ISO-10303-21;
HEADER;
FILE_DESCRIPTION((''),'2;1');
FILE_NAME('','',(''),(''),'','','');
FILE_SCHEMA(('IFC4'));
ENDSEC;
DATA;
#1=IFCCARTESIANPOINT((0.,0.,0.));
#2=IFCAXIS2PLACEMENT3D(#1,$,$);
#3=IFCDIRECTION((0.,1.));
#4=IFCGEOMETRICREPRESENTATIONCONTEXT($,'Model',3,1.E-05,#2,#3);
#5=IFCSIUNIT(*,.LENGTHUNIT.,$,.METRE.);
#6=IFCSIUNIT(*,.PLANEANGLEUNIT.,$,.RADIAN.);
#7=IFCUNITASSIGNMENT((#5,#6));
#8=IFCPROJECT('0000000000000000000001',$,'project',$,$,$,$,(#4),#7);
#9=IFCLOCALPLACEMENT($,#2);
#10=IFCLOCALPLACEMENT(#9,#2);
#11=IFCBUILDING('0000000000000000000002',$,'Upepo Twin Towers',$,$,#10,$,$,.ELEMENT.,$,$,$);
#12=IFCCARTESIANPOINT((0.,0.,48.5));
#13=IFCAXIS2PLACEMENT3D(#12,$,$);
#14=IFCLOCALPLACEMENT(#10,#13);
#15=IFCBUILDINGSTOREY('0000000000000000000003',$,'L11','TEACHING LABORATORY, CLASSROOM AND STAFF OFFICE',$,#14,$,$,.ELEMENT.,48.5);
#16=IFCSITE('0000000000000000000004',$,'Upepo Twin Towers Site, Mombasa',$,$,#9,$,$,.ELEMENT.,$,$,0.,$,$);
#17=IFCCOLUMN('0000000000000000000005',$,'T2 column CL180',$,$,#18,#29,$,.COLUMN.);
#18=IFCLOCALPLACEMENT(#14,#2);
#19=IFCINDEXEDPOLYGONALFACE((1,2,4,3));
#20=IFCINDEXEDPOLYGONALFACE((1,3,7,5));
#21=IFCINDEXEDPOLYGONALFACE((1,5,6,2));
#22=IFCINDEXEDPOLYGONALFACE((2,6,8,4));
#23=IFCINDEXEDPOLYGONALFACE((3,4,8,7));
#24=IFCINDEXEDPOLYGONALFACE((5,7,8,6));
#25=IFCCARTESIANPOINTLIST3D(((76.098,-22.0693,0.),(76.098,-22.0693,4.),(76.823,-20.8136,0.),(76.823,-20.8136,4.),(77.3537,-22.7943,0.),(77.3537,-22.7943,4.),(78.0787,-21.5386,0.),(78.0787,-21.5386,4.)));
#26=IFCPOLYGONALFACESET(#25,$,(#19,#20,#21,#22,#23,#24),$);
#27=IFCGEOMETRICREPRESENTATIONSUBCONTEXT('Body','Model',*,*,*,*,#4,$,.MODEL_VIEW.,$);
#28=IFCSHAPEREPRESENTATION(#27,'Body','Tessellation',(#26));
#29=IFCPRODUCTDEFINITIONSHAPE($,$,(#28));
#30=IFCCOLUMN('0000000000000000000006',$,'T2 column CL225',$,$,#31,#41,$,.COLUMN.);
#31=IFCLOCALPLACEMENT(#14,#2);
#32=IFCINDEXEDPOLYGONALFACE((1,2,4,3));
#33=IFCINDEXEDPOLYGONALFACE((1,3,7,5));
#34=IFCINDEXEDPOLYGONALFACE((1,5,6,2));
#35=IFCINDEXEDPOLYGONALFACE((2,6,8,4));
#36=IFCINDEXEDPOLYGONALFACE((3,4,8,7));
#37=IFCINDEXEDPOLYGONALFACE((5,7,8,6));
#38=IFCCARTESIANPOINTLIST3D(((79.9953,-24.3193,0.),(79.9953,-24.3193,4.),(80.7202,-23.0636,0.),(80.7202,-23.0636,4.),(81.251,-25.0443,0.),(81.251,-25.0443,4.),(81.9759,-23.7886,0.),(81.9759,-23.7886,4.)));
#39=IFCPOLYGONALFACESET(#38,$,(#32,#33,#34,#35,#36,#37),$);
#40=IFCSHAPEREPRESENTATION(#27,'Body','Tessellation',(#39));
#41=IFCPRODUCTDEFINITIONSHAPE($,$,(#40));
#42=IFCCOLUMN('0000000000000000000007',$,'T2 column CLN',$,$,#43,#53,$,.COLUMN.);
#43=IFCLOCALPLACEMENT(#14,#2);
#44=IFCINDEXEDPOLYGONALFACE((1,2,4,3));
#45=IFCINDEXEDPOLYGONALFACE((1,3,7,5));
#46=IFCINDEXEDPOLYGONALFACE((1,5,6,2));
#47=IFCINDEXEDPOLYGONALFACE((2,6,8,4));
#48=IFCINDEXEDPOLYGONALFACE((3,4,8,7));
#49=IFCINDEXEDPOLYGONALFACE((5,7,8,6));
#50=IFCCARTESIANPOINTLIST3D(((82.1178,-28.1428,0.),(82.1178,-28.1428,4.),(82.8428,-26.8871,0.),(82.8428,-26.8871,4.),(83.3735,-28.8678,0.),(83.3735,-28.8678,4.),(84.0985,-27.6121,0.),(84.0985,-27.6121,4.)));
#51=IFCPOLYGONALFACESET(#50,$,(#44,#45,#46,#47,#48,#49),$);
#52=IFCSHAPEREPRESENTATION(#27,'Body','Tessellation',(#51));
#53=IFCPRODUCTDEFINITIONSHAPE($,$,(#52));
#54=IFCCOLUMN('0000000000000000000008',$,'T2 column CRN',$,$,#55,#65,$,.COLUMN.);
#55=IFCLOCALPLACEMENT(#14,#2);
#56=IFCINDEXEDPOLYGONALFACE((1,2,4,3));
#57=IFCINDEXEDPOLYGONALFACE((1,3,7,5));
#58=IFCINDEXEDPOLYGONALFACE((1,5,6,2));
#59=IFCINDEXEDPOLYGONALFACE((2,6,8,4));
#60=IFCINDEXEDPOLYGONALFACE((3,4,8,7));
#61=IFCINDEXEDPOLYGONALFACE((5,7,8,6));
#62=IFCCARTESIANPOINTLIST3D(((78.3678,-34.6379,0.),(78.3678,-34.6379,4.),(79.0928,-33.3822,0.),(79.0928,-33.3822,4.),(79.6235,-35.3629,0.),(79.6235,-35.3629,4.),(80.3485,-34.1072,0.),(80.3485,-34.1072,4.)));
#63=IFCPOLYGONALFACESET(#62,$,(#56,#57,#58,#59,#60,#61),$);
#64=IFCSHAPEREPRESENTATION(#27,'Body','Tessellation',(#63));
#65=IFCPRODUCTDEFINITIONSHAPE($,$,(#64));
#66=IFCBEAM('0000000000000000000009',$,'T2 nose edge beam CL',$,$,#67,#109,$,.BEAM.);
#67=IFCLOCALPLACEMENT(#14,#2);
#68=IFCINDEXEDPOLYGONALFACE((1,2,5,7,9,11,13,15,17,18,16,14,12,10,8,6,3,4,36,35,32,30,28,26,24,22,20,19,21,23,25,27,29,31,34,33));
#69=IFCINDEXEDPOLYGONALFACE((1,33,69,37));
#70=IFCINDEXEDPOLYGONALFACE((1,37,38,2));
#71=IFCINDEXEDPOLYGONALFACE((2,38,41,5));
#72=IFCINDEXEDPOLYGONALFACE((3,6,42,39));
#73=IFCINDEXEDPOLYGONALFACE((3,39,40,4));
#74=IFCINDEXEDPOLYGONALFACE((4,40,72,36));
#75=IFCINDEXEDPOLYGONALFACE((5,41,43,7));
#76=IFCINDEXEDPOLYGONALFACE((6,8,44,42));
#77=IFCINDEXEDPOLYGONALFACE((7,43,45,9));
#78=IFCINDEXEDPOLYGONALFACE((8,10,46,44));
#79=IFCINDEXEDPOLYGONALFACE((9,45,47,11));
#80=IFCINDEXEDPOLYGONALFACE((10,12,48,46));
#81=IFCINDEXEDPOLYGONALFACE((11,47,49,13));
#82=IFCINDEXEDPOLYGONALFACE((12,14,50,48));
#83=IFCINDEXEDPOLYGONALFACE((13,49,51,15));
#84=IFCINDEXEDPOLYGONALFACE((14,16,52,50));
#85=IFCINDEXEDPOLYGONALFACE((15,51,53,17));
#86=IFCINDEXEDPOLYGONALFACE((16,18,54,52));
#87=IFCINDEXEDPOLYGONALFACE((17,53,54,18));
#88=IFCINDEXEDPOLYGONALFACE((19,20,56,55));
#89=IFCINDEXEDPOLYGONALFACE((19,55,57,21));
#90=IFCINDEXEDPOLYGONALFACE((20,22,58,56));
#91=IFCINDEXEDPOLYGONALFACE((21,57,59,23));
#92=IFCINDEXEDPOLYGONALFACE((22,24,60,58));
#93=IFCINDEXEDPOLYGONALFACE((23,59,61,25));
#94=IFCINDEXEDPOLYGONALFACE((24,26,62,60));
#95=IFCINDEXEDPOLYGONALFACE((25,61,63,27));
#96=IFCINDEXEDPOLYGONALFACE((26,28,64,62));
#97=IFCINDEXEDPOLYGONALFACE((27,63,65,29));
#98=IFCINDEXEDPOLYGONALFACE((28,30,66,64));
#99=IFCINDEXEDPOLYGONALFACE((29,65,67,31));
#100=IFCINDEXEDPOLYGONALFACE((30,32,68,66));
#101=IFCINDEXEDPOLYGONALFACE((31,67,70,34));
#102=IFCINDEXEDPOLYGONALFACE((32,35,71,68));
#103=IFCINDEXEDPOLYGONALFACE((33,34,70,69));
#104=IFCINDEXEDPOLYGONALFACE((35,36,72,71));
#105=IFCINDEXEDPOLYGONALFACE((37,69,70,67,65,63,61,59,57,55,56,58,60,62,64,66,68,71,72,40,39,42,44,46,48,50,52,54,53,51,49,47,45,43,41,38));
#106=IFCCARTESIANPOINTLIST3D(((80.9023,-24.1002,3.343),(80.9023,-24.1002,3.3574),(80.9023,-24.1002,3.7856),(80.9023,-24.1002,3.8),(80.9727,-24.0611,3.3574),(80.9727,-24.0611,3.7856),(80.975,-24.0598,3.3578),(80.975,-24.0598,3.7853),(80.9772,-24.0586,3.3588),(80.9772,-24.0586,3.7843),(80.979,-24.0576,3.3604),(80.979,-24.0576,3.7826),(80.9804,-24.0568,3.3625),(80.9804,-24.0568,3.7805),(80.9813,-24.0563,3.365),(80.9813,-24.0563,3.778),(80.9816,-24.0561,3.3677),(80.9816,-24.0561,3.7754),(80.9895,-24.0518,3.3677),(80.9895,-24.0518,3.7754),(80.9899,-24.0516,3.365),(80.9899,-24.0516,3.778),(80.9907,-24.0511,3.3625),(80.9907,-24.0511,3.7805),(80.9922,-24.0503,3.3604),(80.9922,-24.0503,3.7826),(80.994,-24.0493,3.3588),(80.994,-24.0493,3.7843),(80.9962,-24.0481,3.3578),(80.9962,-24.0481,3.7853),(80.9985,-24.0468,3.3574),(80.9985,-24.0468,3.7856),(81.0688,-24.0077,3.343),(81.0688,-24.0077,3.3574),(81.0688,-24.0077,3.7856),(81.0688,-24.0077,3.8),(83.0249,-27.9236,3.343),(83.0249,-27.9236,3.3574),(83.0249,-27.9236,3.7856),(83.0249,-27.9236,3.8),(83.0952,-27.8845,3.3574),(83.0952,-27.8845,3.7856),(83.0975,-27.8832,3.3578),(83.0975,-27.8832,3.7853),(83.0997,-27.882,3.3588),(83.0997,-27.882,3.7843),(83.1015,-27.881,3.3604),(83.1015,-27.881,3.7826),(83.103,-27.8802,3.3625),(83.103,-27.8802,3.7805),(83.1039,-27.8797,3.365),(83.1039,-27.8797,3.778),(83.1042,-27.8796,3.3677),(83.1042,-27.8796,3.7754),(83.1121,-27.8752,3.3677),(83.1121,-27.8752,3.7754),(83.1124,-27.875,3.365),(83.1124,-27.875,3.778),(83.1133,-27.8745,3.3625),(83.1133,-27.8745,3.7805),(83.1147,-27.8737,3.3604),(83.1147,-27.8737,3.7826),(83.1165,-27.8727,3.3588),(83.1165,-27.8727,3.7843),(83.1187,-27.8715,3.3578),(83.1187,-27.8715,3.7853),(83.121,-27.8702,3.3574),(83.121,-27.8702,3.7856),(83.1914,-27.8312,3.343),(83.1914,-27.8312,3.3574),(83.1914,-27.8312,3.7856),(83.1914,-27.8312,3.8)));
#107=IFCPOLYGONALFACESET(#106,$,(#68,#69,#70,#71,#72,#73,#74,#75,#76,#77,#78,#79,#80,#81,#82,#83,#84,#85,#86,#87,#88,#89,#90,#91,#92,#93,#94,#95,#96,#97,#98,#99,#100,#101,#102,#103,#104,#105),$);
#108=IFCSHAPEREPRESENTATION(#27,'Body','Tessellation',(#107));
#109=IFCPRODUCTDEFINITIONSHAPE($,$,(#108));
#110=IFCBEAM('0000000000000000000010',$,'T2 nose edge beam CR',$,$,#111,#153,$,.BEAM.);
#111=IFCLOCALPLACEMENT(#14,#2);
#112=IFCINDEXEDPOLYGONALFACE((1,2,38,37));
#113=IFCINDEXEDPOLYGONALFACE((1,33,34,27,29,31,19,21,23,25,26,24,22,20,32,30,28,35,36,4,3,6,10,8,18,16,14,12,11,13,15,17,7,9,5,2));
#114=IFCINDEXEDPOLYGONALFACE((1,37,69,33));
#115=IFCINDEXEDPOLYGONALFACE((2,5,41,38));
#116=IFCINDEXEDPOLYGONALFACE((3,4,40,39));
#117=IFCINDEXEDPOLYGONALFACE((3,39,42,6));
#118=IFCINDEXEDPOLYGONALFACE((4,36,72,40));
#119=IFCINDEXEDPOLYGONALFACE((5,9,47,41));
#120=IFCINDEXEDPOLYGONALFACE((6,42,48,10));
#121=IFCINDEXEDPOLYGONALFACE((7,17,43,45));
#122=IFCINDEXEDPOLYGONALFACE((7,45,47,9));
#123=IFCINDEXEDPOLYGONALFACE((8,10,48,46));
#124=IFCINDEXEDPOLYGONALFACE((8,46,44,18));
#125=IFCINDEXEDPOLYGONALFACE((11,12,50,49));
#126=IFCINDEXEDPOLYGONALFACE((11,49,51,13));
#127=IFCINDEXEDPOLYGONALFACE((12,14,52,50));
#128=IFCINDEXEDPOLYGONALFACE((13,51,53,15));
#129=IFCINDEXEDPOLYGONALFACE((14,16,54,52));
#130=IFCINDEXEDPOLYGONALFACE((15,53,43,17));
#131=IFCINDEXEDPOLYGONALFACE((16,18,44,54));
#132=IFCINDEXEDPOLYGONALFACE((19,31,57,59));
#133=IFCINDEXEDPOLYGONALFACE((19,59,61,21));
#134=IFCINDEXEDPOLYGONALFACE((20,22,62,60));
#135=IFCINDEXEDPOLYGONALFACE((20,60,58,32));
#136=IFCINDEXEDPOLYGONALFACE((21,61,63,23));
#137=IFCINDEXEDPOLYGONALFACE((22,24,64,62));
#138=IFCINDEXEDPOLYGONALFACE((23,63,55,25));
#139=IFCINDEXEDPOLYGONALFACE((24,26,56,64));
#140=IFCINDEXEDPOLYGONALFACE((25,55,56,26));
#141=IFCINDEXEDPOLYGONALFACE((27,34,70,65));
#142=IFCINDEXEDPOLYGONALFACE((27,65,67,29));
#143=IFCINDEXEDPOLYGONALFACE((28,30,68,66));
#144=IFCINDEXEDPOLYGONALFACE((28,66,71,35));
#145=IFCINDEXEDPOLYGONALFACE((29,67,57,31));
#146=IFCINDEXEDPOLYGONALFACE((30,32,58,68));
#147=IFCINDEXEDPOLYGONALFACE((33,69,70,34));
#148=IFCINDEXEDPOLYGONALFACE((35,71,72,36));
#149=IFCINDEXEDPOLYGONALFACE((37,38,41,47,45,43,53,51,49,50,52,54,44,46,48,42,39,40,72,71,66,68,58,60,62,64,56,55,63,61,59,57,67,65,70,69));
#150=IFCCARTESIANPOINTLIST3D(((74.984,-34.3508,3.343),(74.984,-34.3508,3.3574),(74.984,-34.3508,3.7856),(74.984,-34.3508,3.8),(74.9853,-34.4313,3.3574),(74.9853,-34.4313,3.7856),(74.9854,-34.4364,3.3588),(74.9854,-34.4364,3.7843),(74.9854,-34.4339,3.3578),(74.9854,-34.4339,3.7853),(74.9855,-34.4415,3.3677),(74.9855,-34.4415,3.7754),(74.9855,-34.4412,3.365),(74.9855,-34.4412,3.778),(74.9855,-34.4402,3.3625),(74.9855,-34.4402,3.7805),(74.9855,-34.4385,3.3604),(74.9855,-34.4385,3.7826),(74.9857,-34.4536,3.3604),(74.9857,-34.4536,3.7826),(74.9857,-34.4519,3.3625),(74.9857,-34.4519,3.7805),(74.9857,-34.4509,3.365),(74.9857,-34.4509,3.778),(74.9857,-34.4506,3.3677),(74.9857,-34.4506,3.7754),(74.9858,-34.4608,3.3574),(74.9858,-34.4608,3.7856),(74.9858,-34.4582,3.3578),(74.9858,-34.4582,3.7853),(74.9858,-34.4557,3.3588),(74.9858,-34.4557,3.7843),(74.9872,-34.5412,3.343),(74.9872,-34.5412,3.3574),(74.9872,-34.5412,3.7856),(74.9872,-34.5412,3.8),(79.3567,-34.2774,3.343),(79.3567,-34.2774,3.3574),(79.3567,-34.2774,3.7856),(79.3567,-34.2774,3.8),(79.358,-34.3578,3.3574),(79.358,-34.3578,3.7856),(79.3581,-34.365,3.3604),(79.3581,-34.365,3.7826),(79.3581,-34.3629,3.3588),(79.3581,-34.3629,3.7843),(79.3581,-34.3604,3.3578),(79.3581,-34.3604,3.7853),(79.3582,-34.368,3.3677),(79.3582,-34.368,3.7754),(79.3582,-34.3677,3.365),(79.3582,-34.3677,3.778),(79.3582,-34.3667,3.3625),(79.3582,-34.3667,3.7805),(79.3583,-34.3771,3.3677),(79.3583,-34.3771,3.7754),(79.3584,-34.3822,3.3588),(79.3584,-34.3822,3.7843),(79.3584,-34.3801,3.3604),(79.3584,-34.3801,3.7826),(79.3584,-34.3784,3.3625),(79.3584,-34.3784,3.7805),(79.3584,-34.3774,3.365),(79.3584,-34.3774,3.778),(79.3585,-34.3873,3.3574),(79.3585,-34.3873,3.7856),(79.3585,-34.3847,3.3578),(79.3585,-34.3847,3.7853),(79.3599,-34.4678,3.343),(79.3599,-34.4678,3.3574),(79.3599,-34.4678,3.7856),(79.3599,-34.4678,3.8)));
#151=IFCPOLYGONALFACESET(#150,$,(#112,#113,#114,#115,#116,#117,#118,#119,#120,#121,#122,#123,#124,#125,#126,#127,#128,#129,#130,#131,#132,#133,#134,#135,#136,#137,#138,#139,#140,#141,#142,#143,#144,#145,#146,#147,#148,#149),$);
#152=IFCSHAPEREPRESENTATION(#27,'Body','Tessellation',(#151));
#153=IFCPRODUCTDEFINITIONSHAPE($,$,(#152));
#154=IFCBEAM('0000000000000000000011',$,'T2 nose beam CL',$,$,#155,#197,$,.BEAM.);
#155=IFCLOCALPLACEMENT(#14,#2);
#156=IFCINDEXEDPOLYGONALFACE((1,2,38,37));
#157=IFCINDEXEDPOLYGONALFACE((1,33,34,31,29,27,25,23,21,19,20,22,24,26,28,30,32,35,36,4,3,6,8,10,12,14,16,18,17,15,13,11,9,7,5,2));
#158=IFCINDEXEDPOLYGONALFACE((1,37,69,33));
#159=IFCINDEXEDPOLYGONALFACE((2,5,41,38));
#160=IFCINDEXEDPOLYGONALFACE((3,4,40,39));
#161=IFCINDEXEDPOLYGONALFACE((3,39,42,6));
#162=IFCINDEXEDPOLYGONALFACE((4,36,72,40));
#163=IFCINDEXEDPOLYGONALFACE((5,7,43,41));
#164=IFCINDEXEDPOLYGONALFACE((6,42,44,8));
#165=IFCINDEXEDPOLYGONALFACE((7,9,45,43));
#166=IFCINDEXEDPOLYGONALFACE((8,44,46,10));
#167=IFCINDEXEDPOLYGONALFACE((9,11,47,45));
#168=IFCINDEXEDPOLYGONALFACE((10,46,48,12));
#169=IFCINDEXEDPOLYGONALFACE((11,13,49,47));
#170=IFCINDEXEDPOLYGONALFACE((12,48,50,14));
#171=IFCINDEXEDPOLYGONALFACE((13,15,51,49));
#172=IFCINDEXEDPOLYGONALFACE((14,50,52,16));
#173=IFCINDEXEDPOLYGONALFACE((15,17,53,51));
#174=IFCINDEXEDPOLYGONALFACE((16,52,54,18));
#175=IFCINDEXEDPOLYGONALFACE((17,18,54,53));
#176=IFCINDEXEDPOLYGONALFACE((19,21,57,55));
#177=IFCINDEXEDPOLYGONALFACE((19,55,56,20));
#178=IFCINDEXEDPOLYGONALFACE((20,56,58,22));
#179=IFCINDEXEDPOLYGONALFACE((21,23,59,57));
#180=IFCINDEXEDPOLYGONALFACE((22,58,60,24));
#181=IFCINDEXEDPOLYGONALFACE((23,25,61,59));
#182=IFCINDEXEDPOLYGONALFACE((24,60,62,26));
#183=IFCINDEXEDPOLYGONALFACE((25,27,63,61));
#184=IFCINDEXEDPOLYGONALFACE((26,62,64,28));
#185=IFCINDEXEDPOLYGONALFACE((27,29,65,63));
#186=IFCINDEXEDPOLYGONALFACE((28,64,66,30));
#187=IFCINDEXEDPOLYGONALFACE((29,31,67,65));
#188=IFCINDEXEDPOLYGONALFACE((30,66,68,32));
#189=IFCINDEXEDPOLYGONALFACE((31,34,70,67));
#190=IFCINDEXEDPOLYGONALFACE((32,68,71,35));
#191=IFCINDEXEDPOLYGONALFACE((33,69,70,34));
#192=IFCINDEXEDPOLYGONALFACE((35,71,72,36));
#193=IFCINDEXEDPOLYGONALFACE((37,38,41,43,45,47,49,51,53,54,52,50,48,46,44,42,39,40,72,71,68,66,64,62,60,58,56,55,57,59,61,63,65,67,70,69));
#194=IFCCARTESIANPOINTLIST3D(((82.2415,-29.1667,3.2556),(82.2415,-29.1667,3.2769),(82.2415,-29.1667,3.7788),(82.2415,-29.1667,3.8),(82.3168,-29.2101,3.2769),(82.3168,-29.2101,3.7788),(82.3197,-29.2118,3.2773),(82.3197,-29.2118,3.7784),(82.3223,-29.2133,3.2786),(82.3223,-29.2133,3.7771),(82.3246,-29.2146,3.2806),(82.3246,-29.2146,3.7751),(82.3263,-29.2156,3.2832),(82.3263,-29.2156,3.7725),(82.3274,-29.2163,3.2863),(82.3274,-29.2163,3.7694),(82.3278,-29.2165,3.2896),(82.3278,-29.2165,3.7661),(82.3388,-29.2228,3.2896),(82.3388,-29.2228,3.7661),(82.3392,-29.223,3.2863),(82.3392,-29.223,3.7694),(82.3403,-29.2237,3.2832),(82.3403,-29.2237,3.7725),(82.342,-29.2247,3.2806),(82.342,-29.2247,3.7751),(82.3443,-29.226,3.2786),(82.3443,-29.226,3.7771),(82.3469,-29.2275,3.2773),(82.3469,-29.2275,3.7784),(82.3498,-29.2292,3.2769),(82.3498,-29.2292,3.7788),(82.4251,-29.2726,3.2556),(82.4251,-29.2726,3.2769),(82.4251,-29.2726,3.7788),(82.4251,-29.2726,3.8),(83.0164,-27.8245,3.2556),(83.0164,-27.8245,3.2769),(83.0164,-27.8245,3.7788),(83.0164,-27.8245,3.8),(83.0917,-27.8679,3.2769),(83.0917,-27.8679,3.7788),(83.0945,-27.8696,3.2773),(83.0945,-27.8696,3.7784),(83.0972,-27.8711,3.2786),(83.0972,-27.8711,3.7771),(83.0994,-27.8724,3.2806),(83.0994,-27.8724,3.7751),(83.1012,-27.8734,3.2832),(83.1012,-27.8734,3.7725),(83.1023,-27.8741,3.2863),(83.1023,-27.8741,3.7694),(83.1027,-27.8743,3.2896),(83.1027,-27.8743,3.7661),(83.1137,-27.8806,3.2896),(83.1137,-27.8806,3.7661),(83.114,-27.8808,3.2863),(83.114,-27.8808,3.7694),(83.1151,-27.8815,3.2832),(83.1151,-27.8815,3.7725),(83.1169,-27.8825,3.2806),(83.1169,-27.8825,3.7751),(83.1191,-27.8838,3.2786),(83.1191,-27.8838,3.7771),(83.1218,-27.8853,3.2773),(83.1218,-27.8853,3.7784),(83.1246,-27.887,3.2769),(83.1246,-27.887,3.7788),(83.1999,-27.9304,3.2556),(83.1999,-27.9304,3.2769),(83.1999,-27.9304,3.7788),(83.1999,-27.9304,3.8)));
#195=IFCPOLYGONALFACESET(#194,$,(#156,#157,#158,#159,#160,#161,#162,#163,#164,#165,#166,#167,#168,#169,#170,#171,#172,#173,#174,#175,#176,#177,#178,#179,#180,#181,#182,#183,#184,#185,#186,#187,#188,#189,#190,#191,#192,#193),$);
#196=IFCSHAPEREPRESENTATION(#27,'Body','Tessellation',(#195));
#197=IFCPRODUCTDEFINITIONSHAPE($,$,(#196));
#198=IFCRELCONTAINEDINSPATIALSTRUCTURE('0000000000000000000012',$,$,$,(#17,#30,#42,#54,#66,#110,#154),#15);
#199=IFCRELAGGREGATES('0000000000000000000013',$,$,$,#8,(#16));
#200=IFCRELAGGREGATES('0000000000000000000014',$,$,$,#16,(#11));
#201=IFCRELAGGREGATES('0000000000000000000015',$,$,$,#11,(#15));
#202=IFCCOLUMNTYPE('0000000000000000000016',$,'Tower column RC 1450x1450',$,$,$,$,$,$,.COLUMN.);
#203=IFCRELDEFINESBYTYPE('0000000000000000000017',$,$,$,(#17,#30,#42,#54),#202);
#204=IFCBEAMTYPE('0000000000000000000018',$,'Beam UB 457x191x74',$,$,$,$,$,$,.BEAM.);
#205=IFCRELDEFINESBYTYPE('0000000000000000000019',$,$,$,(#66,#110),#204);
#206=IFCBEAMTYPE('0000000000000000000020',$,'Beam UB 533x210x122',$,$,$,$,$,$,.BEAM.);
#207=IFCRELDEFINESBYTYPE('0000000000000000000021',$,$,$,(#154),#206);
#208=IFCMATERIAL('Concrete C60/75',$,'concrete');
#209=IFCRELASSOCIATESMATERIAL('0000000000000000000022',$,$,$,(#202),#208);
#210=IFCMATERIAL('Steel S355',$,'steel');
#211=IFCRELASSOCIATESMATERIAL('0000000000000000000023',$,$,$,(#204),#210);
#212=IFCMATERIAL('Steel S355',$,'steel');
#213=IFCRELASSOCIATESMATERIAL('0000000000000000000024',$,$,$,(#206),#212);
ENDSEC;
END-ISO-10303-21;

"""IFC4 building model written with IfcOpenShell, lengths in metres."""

from ifc_helpers import new_model, si_unit, direction, frame, origin, origin_2d, place, context, subcontext, project, spatial, rectangle, i_section, extrude, material, material_profile, profile_set, type_object, element, save


model = new_model("IFC4")

# Units and contexts
model_context = context("Model", 3, precision=1e-05, world=origin(), true_north=direction((0.0, 1.0)))
body_context = subcontext(model_context, "Body", "Model", "MODEL_VIEW")
ifc_project = project(units=[si_unit("LENGTHUNIT", "METRE"), si_unit("PLANEANGLEUNIT", "RADIAN")], contexts=[model_context])

# Site, building, storey
site_placement = place(None, origin())
site = spatial("IfcSite", under=ifc_project, at=site_placement, Name="Upepo Twin Towers Site, Mombasa", CompositionType="ELEMENT", RefElevation=0.0)
building_placement = place(site_placement, origin())
building = spatial("IfcBuilding", under=site, at=building_placement, Name="Upepo Twin Towers", CompositionType="ELEMENT")
storey_placement = place(building_placement, frame((0.0, 0.0, 48.5)))
storey = spatial("IfcBuildingStorey", under=building, at=storey_placement, Name="L11", Description="TEACHING LABORATORY, CLASSROOM AND STAFF OFFICE", CompositionType="ELEMENT", Elevation=48.5)

# Columns
ifc_material_1 = material(Name="Concrete C60/75", Category="concrete")
ifc_material_profile_1 = material_profile(ifc_material_1, rectangle(XDim=1.45, YDim=1.45, at=origin_2d()), Name="RC 1450x1450")
ifc_profile_set_1 = profile_set([ifc_material_profile_1], Name="Concrete C60/75")
column_type = type_object("IfcColumnType", Name="Tower column RC 1450x1450", PredefinedType="COLUMN", material=ifc_profile_set_1)
for number, where, z_axis, x_axis, name in (
    (1, (77.0884, -21.804, 0.0), (0.0, 0.0, 1.0), (0.5, 0.866025, 0.0), "T2 column CL180"),
    (2, (80.9856, -24.054, 0.0), (0.0, 0.0, 1.0), (0.5, 0.866025, 0.0), "T2 column CL225"),
    (3, (83.1082, -27.8774, 0.0), (0.0, 0.0, 1.0), (0.5, 0.866025, 0.0), "T2 column CLN"),
    (4, (79.3582, -34.3726, 0.0), (0.0, 0.0, 1.0), (0.5, 0.866025, 0.0), "T2 column CRN"),
):
    element("IfcColumn", number, at=place(storey_placement, frame(where, z_axis=z_axis, x_axis=x_axis)), inside=storey, type_object=column_type, Name=name, PredefinedType="COLUMN", context=body_context, shape_type="SweptSolid", body=[
        extrude(rectangle(XDim=1.45, YDim=1.45, at=origin_2d()), origin(), (0.0, 0.0, 1.0), 4.0),
    ])

# Beams
ifc_material_2 = material(Name="Steel S355", Category="steel")
ifc_material_profile_2 = material_profile(ifc_material_2, i_section(OverallWidth=0.1904, OverallDepth=0.457, WebThickness=0.009, FlangeThickness=0.0144, FilletRadius=0.0103, at=origin_2d()), Name="UB 457x191x74")
ifc_profile_set_2 = profile_set([ifc_material_profile_2], Name="Steel S355")
beam_type_1 = type_object("IfcBeamType", Name="Beam UB 457x191x74", PredefinedType="BEAM", material=ifc_profile_set_2)
beam_1_placement = place(storey_placement, frame((80.9856, -24.054, 3.5715), z_axis=(0.485363, -0.874313, 0.0), x_axis=(0.874313, 0.485363, 0.0)))
element("IfcBeam", 5, at=beam_1_placement, inside=storey, type_object=beam_type_1, Name="T2 nose edge beam CL", PredefinedType="BEAM", context=body_context, shape_type="SweptSolid", body=[
    extrude(i_section(OverallWidth=0.1904, OverallDepth=0.457, WebThickness=0.009, FlangeThickness=0.0144, FilletRadius=0.0103, at=origin_2d()), origin(), (0.0, 0.0, 1.0), 4.373),
])
beam_2_placement = place(storey_placement, frame((74.9856, -34.446, 3.5715), z_axis=(0.999859, 0.016804, 0.0), x_axis=(-0.016804, 0.999859, 0.0)))
element("IfcBeam", 6, at=beam_2_placement, inside=storey, type_object=beam_type_1, Name="T2 nose edge beam CR", PredefinedType="BEAM", context=body_context, shape_type="SweptSolid", body=[
    extrude(i_section(OverallWidth=0.1904, OverallDepth=0.457, WebThickness=0.009, FlangeThickness=0.0144, FilletRadius=0.0103, at=origin_2d()), origin(), (0.0, 0.0, 1.0), 4.3733),
])
ifc_material_3 = material(Name="Steel S355", Category="steel")
ifc_material_profile_3 = material_profile(ifc_material_3, i_section(OverallWidth=0.2119, OverallDepth=0.5444, WebThickness=0.0127, FlangeThickness=0.0212, FilletRadius=0.0127, at=origin_2d()), Name="UB 533x210x122")
ifc_profile_set_3 = profile_set([ifc_material_profile_3], Name="Steel S355")
beam_type_2 = type_object("IfcBeamType", Name="Beam UB 533x210x122", PredefinedType="BEAM", material=ifc_profile_set_3)
for number, where, z_axis, x_axis, name in (
    (7, (83.1082, -27.8774, 3.5278), (-0.499968, -0.866044, 0.0), (0.866044, -0.499968, 0.0), "T2 nose beam CL"),
):
    element("IfcBeam", number, at=place(storey_placement, frame(where, z_axis=z_axis, x_axis=x_axis)), inside=storey, type_object=beam_type_2, Name=name, PredefinedType="BEAM", context=body_context, shape_type="SweptSolid", body=[
        extrude(i_section(OverallWidth=0.2119, OverallDepth=0.5444, WebThickness=0.0127, FlangeThickness=0.0212, FilletRadius=0.0127, at=origin_2d()), origin(), (0.0, 0.0, 1.0), 1.5498),
    ])

save(model, "model.ifc")
